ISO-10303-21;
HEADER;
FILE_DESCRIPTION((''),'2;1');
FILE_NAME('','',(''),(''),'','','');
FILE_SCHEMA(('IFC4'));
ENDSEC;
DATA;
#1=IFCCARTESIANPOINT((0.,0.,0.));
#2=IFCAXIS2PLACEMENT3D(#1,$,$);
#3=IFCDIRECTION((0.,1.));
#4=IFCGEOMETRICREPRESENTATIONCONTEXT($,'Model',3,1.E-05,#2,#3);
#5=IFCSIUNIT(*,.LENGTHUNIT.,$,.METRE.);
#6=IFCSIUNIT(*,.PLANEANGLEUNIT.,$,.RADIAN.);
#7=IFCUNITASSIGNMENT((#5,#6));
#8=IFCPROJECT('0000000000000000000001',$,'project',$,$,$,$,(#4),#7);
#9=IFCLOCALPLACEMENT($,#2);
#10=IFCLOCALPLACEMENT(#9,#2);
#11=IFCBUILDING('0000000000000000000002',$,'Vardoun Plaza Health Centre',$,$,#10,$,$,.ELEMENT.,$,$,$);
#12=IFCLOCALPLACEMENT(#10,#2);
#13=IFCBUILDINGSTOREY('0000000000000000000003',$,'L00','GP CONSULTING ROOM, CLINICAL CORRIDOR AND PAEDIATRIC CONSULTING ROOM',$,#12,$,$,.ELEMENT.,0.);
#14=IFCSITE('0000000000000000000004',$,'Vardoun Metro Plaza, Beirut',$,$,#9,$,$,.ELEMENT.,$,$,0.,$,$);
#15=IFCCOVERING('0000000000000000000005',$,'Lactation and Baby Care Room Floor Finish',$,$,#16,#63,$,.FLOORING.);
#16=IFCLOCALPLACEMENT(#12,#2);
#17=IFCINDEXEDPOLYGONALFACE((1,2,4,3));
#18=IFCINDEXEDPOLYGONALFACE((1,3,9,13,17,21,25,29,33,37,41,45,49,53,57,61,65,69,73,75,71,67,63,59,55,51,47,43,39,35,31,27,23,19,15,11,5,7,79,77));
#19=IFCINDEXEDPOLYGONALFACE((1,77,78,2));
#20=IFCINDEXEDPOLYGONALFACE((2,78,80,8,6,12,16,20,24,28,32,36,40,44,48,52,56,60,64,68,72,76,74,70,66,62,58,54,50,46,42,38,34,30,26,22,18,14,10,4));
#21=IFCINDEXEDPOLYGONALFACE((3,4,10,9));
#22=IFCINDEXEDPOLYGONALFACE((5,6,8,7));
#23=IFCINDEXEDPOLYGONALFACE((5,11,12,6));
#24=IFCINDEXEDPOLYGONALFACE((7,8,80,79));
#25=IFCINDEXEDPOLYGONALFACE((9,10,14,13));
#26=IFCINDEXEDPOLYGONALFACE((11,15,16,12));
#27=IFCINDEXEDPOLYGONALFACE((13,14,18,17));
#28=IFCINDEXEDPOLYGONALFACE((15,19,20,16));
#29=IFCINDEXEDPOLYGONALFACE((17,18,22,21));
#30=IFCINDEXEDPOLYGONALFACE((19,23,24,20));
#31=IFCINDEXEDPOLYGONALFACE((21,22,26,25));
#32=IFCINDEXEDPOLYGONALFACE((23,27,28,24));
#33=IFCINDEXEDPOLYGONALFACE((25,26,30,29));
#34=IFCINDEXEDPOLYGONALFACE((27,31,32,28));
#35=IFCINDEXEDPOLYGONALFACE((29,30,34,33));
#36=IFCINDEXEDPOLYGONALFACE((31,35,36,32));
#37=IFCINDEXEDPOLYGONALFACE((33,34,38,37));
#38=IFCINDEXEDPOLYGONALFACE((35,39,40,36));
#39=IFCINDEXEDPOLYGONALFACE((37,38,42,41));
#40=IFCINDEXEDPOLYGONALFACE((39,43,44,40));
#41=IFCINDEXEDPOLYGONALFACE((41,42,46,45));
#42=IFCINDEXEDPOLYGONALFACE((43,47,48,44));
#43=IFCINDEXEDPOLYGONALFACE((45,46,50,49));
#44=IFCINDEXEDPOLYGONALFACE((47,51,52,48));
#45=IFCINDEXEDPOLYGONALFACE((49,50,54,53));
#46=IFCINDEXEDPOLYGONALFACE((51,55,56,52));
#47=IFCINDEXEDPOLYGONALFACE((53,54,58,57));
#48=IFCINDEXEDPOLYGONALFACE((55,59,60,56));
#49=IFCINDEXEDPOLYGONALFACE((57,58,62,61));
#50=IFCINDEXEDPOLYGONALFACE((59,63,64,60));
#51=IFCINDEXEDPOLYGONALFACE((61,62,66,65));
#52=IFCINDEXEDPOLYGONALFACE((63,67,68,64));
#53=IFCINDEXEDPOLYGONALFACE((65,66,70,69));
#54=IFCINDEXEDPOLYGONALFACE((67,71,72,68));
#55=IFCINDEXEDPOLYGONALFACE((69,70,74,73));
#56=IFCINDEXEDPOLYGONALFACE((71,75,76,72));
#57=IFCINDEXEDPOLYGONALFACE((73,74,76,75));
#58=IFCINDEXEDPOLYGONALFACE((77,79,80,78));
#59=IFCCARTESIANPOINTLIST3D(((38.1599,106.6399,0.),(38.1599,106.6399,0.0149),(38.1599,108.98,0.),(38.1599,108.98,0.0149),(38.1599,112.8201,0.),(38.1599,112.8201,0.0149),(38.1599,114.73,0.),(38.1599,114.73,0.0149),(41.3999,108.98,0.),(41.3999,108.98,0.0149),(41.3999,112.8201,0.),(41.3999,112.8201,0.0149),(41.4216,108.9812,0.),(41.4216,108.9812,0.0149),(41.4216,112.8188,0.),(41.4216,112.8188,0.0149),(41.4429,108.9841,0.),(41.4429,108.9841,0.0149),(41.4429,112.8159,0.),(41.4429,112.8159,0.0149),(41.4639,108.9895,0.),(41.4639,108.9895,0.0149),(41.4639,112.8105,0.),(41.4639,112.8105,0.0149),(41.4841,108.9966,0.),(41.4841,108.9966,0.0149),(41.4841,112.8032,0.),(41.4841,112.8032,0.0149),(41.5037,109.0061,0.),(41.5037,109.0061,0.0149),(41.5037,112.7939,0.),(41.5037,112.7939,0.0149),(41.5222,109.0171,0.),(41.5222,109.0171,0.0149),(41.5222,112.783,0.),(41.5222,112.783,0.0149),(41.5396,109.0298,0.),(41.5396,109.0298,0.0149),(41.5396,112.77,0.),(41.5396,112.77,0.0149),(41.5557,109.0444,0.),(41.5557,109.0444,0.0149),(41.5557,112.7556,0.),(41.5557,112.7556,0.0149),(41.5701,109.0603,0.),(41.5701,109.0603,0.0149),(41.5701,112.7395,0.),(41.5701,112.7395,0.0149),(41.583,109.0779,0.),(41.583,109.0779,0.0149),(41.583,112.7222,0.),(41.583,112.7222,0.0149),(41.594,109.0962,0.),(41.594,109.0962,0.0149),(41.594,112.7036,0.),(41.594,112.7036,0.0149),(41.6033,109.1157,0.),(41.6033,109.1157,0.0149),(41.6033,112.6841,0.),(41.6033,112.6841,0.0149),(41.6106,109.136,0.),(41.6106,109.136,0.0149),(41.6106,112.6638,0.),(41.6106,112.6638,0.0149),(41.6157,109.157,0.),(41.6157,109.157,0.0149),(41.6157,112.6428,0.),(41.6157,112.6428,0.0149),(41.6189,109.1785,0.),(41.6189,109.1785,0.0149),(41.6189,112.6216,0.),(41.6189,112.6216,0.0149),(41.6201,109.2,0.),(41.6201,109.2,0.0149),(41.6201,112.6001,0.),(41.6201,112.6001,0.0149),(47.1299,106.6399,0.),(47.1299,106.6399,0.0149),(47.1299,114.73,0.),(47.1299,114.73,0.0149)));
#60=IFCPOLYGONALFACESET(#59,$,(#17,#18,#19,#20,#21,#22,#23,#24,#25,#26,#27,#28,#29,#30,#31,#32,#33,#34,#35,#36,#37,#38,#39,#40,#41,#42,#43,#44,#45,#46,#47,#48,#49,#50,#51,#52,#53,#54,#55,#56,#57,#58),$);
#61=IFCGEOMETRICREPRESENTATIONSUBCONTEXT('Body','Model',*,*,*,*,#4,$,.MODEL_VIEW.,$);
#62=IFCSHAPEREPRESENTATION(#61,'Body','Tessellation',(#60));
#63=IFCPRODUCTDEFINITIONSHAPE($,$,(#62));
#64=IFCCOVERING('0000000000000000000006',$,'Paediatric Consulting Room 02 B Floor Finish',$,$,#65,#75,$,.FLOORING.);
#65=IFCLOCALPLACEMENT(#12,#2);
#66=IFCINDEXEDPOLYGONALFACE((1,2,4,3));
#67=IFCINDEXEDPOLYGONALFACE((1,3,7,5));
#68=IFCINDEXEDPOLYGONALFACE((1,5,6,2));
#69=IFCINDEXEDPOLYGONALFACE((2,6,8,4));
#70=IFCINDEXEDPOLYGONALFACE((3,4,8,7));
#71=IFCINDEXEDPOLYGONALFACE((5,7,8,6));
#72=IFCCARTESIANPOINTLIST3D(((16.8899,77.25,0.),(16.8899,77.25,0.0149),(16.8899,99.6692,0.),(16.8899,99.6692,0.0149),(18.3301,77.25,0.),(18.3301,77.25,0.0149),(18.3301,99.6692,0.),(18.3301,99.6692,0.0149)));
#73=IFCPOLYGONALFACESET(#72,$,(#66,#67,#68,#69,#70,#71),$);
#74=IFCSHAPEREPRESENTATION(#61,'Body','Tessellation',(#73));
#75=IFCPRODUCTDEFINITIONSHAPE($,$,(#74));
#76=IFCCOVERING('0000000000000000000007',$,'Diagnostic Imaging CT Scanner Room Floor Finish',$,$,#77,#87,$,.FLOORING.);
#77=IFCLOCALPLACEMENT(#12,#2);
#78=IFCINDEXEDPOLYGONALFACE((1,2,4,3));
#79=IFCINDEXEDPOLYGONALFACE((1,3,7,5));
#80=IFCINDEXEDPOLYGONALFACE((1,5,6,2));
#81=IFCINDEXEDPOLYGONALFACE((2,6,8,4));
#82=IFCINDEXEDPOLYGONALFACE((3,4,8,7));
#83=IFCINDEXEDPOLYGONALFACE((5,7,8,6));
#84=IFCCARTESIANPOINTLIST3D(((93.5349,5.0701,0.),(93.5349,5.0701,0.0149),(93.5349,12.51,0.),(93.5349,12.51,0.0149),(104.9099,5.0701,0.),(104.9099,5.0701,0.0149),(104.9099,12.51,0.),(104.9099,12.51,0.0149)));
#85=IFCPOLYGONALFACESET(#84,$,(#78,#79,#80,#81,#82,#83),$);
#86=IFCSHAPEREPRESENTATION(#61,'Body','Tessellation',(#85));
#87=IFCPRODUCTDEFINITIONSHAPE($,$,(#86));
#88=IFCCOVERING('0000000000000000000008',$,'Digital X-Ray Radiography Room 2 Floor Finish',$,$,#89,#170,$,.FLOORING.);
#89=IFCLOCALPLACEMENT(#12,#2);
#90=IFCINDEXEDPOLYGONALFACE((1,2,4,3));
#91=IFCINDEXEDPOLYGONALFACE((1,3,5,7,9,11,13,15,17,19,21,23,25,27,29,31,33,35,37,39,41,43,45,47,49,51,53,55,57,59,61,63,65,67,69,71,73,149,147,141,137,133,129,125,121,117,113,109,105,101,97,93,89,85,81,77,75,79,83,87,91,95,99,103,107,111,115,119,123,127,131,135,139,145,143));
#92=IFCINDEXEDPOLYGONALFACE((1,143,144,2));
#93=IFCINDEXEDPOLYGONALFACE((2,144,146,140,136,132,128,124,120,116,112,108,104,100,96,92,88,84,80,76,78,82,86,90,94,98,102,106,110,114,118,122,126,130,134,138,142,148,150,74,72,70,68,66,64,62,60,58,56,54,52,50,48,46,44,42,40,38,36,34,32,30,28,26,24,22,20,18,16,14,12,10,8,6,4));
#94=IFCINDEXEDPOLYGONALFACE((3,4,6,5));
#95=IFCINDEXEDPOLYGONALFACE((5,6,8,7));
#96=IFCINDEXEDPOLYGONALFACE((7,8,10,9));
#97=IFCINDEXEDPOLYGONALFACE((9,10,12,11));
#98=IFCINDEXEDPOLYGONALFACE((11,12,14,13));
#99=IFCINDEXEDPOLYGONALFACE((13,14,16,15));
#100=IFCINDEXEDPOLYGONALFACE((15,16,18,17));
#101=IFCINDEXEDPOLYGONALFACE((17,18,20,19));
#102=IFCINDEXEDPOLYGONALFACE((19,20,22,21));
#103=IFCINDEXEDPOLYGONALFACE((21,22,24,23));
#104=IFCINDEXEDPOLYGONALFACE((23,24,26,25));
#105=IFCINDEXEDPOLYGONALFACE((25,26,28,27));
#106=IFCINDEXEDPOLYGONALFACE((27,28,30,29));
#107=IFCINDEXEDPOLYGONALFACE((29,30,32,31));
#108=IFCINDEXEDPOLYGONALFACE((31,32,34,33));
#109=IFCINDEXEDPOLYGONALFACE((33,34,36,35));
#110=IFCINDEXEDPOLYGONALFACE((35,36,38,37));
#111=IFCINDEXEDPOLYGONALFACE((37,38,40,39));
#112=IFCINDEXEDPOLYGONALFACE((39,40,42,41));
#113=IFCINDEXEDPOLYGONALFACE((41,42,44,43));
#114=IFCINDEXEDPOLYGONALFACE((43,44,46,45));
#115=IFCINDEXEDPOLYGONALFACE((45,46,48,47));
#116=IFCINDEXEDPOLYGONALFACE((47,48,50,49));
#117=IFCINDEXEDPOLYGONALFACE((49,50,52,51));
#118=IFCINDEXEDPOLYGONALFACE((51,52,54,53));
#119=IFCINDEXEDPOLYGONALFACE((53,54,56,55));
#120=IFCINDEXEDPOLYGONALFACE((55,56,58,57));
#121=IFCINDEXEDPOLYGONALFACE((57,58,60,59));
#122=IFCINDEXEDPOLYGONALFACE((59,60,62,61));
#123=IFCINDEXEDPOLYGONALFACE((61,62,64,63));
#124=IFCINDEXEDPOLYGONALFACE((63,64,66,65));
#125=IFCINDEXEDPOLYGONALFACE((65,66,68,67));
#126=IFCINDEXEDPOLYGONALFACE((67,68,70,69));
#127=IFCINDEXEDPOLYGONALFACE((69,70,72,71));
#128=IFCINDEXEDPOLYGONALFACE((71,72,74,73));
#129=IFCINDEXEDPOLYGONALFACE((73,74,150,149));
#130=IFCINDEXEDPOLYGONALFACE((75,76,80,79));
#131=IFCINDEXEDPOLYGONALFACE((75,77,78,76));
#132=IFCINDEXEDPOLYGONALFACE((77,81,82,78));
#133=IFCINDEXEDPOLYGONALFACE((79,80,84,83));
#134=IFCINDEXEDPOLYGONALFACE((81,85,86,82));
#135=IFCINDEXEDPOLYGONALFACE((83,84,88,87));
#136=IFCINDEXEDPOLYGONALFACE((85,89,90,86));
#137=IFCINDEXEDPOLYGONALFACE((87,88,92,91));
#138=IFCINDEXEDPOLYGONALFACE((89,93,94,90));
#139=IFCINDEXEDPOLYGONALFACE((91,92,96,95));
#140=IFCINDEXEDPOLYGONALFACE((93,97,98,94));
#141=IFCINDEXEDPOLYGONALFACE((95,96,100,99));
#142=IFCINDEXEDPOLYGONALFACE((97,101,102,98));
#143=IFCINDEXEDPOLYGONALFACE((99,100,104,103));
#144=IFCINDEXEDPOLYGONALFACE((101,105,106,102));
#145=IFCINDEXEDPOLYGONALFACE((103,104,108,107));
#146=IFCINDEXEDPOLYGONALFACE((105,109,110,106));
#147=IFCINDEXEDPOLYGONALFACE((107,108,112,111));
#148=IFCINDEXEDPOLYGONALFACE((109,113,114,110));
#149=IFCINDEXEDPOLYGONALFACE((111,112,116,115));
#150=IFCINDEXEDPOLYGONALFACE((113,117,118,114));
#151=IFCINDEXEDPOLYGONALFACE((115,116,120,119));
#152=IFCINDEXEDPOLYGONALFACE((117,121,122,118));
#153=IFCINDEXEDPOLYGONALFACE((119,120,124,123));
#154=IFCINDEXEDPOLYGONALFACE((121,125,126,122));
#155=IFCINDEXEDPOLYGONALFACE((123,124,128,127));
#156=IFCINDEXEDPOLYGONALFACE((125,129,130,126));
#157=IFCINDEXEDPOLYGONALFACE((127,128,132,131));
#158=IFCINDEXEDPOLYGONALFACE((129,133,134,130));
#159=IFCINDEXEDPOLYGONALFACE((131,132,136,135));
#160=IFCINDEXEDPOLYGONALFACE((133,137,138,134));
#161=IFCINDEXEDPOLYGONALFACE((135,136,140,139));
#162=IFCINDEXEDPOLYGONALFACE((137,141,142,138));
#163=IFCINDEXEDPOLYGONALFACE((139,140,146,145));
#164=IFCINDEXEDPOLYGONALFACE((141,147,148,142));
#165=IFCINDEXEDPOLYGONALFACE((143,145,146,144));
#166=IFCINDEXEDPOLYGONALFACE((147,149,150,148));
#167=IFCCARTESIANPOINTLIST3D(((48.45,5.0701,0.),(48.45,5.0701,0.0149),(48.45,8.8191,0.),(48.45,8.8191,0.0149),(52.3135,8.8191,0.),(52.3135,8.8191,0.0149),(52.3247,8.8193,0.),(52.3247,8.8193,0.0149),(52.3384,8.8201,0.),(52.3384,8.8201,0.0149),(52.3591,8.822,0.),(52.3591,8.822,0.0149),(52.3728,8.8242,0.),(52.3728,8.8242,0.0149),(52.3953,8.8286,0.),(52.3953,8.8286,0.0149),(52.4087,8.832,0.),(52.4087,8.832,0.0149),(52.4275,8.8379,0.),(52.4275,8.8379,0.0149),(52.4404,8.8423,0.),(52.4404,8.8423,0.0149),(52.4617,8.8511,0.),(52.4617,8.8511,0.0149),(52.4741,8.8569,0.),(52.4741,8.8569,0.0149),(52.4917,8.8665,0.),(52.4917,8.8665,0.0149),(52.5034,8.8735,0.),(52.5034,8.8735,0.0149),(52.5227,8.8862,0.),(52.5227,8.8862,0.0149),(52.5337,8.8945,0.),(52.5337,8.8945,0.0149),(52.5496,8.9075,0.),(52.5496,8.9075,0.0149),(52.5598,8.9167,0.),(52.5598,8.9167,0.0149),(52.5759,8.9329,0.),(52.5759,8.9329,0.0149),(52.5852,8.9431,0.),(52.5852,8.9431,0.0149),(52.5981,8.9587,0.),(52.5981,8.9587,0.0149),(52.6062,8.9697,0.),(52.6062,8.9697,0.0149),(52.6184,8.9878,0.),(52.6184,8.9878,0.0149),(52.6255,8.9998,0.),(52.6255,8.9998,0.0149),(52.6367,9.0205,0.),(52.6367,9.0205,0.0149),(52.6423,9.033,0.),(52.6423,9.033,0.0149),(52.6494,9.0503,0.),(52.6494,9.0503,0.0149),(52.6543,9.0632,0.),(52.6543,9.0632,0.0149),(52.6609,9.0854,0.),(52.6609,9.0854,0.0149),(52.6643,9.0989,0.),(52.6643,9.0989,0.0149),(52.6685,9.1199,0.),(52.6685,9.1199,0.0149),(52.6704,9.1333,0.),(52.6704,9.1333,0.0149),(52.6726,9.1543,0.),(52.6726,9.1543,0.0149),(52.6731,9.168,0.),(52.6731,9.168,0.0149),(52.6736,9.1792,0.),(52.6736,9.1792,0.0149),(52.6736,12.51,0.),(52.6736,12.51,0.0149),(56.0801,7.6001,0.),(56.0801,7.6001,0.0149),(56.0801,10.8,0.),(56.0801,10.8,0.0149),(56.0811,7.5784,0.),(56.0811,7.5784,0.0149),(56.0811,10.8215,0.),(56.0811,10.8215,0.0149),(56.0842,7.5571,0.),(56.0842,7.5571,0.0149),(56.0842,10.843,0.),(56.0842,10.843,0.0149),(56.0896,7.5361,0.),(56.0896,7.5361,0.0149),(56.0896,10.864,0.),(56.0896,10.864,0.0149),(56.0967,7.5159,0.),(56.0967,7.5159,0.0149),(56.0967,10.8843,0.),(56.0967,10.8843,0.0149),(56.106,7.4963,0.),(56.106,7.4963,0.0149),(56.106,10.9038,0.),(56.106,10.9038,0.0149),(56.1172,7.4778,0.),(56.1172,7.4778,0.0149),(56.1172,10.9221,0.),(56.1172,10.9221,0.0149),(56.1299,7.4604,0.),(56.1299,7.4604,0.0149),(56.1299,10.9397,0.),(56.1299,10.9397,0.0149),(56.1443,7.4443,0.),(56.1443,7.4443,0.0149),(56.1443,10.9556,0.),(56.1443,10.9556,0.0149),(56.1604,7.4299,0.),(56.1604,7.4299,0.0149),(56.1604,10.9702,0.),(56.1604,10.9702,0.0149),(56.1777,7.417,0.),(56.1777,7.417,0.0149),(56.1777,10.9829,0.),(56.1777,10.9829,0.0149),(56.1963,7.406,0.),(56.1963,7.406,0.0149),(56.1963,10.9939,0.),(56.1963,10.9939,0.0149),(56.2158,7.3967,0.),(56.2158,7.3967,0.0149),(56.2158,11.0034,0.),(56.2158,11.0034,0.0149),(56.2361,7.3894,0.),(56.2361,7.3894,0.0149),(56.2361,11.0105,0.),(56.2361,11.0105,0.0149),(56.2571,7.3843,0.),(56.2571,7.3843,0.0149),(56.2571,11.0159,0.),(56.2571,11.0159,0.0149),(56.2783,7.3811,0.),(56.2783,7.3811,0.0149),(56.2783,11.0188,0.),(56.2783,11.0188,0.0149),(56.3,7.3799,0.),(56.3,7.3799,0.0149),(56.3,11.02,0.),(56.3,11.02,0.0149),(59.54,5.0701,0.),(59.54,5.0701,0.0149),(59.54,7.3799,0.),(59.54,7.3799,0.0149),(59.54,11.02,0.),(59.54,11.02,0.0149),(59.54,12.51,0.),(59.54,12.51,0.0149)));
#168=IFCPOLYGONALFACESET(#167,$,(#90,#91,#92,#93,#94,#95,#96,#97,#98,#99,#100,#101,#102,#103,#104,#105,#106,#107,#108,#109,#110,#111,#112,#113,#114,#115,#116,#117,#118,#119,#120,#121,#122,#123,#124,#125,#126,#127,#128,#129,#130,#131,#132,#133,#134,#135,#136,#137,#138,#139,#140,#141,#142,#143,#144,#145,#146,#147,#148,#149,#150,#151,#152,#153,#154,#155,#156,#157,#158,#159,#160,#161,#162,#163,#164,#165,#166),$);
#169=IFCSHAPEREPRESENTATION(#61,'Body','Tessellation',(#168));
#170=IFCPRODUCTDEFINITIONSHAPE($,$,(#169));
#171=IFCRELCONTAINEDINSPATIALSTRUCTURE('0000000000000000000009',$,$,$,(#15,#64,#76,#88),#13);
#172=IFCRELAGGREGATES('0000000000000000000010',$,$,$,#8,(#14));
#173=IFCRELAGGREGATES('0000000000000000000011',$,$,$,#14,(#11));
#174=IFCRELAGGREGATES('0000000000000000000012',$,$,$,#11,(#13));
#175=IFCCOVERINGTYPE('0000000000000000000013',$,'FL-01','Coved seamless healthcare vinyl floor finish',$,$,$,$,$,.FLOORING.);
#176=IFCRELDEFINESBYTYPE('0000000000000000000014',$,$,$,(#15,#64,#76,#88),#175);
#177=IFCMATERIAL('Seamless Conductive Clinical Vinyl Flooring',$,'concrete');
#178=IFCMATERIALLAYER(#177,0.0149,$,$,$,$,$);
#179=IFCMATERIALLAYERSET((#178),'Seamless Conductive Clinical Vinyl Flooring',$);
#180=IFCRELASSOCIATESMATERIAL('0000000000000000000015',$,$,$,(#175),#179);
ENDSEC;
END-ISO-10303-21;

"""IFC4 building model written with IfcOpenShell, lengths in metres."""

from ifc_helpers import new_model, si_unit, direction, origin, place, context, subcontext, project, spatial, polyline, outline, extrude, material, layer, layer_set, type_object, element, save


model = new_model("IFC4")

# Units and contexts
model_context = context("Model", 3, precision=1e-05, world=origin(), true_north=direction((0.0, 1.0)))
body_context = subcontext(model_context, "Body", "Model", "MODEL_VIEW")
ifc_project = project(units=[si_unit("LENGTHUNIT", "METRE"), si_unit("PLANEANGLEUNIT", "RADIAN")], contexts=[model_context])

# Site, building, storey
site_placement = place(None, origin())
site = spatial("IfcSite", under=ifc_project, at=site_placement, Name="Vardoun Metro Plaza, Beirut", CompositionType="ELEMENT", RefElevation=0.0)
building_placement = place(site_placement, origin())
building = spatial("IfcBuilding", under=site, at=building_placement, Name="Vardoun Plaza Health Centre", CompositionType="ELEMENT")
storey_placement = place(building_placement, origin())
storey = spatial("IfcBuildingStorey", under=building, at=storey_placement, Name="L00", Description="GP CONSULTING ROOM, CLINICAL CORRIDOR AND PAEDIATRIC CONSULTING ROOM", CompositionType="ELEMENT", Elevation=0.0)

# Coverings
ifc_material_1 = material(Name="Seamless Conductive Clinical Vinyl Flooring", Category="concrete")
ifc_layer_1 = layer(ifc_material_1, 0.0149)
ifc_layer_set_1 = layer_set([ifc_layer_1], Name="Seamless Conductive Clinical Vinyl Flooring")
covering_type_1 = type_object("IfcCoveringType", Name="FL-01", Description="Coved seamless healthcare vinyl floor finish", PredefinedType="FLOORING", material=ifc_layer_set_1)
covering_1_placement = place(storey_placement, origin())
element("IfcCovering", 1, at=covering_1_placement, inside=storey, type_object=covering_type_1, Name="Lactation and Baby Care Room Floor Finish", PredefinedType="FLOORING", context=body_context, shape_type="SweptSolid", body=[
    extrude(outline(polyline([(47.1299, 106.6399), (38.1599, 106.6399), (38.1599, 108.98), (41.3999, 108.98), (41.4216, 108.9812), (41.4429, 108.9841), (41.4639, 108.9895), (41.4841, 108.9966), (41.5037, 109.0061), (41.5222, 109.0171), (41.5396, 109.0298), (41.5557, 109.0444), (41.5701, 109.0603), (41.583, 109.0779), (41.594, 109.0962), (41.6033, 109.1157), (41.6106, 109.136), (41.6157, 109.157), (41.6189, 109.1785), (41.6201, 109.2), (41.6201, 112.6001), (41.6189, 112.6216), (41.6157, 112.6428), (41.6106, 112.6638), (41.6033, 112.6841), (41.594, 112.7036), (41.583, 112.7222), (41.5701, 112.7395), (41.5557, 112.7556), (41.5396, 112.77), (41.5222, 112.783), (41.5037, 112.7939), (41.4841, 112.8032), (41.4639, 112.8105), (41.4429, 112.8159), (41.4216, 112.8188), (41.3999, 112.8201), (38.1599, 112.8201), (38.1599, 114.73), (47.1299, 114.73), (47.1299, 106.6399)])), origin(), (0.0, 0.0, 1.0), 0.0149),
])
covering_2_placement = place(storey_placement, origin())
element("IfcCovering", 2, at=covering_2_placement, inside=storey, type_object=covering_type_1, Name="Paediatric Consulting Room 02 B Floor Finish", PredefinedType="FLOORING", context=body_context, shape_type="SweptSolid", body=[
    extrude(outline(polyline([(18.3301, 77.25), (16.8899, 77.25), (16.8899, 99.6692), (18.3301, 99.6692), (18.3301, 77.25)])), origin(), (0.0, 0.0, 1.0), 0.0149),
])
covering_3_placement = place(storey_placement, origin())
element("IfcCovering", 3, at=covering_3_placement, inside=storey, type_object=covering_type_1, Name="Diagnostic Imaging CT Scanner Room Floor Finish", PredefinedType="FLOORING", context=body_context, shape_type="SweptSolid", body=[
    extrude(outline(polyline([(104.9099, 12.51), (104.9099, 5.0701), (93.5349, 5.0701), (93.5349, 12.51), (104.9099, 12.51)])), origin(), (0.0, 0.0, 1.0), 0.0149),
])
covering_4_placement = place(storey_placement, origin())
element("IfcCovering", 4, at=covering_4_placement, inside=storey, type_object=covering_type_1, Name="Digital X-Ray Radiography Room 2 Floor Finish", PredefinedType="FLOORING", context=body_context, shape_type="SweptSolid", body=[
    extrude(outline(polyline([(59.54, 11.02), (56.3, 11.02), (56.2783, 11.0188), (56.2571, 11.0159), (56.2361, 11.0105), (56.2158, 11.0034), (56.1963, 10.9939), (56.1777, 10.9829), (56.1604, 10.9702), (56.1443, 10.9556), (56.1299, 10.9397), (56.1172, 10.9221), (56.106, 10.9038), (56.0967, 10.8843), (56.0896, 10.864), (56.0842, 10.843), (56.0811, 10.8215), (56.0801, 10.8), (56.0801, 7.6001), (56.0811, 7.5784), (56.0842, 7.5571), (56.0896, 7.5361), (56.0967, 7.5159), (56.106, 7.4963), (56.1172, 7.4778), (56.1299, 7.4604), (56.1443, 7.4443), (56.1604, 7.4299), (56.1777, 7.417), (56.1963, 7.406), (56.2158, 7.3967), (56.2361, 7.3894), (56.2571, 7.3843), (56.2783, 7.3811), (56.3, 7.3799), (59.54, 7.3799), (59.54, 5.0701), (48.45, 5.0701), (48.45, 8.8191), (52.3135, 8.8191), (52.3247, 8.8193), (52.3384, 8.8201), (52.3591, 8.822), (52.3728, 8.8242), (52.3953, 8.8286), (52.4087, 8.832), (52.4275, 8.8379), (52.4404, 8.8423), (52.4617, 8.8511), (52.4741, 8.8569), (52.4917, 8.8665), (52.5034, 8.8735), (52.5227, 8.8862), (52.5337, 8.8945), (52.5496, 8.9075), (52.5598, 8.9167), (52.5759, 8.9329), (52.5852, 8.9431), (52.5981, 8.9587), (52.6062, 8.9697), (52.6184, 8.9878), (52.6255, 8.9998), (52.6367, 9.0205), (52.6423, 9.033), (52.6494, 9.0503), (52.6543, 9.0632), (52.6609, 9.0854), (52.6643, 9.0989), (52.6685, 9.1199), (52.6704, 9.1333), (52.6726, 9.1543), (52.6731, 9.168), (52.6736, 9.1792), (52.6736, 12.51), (59.54, 12.51), (59.54, 11.02)])), origin(), (0.0, 0.0, 1.0), 0.0149),
])

save(model, "model.ifc")
